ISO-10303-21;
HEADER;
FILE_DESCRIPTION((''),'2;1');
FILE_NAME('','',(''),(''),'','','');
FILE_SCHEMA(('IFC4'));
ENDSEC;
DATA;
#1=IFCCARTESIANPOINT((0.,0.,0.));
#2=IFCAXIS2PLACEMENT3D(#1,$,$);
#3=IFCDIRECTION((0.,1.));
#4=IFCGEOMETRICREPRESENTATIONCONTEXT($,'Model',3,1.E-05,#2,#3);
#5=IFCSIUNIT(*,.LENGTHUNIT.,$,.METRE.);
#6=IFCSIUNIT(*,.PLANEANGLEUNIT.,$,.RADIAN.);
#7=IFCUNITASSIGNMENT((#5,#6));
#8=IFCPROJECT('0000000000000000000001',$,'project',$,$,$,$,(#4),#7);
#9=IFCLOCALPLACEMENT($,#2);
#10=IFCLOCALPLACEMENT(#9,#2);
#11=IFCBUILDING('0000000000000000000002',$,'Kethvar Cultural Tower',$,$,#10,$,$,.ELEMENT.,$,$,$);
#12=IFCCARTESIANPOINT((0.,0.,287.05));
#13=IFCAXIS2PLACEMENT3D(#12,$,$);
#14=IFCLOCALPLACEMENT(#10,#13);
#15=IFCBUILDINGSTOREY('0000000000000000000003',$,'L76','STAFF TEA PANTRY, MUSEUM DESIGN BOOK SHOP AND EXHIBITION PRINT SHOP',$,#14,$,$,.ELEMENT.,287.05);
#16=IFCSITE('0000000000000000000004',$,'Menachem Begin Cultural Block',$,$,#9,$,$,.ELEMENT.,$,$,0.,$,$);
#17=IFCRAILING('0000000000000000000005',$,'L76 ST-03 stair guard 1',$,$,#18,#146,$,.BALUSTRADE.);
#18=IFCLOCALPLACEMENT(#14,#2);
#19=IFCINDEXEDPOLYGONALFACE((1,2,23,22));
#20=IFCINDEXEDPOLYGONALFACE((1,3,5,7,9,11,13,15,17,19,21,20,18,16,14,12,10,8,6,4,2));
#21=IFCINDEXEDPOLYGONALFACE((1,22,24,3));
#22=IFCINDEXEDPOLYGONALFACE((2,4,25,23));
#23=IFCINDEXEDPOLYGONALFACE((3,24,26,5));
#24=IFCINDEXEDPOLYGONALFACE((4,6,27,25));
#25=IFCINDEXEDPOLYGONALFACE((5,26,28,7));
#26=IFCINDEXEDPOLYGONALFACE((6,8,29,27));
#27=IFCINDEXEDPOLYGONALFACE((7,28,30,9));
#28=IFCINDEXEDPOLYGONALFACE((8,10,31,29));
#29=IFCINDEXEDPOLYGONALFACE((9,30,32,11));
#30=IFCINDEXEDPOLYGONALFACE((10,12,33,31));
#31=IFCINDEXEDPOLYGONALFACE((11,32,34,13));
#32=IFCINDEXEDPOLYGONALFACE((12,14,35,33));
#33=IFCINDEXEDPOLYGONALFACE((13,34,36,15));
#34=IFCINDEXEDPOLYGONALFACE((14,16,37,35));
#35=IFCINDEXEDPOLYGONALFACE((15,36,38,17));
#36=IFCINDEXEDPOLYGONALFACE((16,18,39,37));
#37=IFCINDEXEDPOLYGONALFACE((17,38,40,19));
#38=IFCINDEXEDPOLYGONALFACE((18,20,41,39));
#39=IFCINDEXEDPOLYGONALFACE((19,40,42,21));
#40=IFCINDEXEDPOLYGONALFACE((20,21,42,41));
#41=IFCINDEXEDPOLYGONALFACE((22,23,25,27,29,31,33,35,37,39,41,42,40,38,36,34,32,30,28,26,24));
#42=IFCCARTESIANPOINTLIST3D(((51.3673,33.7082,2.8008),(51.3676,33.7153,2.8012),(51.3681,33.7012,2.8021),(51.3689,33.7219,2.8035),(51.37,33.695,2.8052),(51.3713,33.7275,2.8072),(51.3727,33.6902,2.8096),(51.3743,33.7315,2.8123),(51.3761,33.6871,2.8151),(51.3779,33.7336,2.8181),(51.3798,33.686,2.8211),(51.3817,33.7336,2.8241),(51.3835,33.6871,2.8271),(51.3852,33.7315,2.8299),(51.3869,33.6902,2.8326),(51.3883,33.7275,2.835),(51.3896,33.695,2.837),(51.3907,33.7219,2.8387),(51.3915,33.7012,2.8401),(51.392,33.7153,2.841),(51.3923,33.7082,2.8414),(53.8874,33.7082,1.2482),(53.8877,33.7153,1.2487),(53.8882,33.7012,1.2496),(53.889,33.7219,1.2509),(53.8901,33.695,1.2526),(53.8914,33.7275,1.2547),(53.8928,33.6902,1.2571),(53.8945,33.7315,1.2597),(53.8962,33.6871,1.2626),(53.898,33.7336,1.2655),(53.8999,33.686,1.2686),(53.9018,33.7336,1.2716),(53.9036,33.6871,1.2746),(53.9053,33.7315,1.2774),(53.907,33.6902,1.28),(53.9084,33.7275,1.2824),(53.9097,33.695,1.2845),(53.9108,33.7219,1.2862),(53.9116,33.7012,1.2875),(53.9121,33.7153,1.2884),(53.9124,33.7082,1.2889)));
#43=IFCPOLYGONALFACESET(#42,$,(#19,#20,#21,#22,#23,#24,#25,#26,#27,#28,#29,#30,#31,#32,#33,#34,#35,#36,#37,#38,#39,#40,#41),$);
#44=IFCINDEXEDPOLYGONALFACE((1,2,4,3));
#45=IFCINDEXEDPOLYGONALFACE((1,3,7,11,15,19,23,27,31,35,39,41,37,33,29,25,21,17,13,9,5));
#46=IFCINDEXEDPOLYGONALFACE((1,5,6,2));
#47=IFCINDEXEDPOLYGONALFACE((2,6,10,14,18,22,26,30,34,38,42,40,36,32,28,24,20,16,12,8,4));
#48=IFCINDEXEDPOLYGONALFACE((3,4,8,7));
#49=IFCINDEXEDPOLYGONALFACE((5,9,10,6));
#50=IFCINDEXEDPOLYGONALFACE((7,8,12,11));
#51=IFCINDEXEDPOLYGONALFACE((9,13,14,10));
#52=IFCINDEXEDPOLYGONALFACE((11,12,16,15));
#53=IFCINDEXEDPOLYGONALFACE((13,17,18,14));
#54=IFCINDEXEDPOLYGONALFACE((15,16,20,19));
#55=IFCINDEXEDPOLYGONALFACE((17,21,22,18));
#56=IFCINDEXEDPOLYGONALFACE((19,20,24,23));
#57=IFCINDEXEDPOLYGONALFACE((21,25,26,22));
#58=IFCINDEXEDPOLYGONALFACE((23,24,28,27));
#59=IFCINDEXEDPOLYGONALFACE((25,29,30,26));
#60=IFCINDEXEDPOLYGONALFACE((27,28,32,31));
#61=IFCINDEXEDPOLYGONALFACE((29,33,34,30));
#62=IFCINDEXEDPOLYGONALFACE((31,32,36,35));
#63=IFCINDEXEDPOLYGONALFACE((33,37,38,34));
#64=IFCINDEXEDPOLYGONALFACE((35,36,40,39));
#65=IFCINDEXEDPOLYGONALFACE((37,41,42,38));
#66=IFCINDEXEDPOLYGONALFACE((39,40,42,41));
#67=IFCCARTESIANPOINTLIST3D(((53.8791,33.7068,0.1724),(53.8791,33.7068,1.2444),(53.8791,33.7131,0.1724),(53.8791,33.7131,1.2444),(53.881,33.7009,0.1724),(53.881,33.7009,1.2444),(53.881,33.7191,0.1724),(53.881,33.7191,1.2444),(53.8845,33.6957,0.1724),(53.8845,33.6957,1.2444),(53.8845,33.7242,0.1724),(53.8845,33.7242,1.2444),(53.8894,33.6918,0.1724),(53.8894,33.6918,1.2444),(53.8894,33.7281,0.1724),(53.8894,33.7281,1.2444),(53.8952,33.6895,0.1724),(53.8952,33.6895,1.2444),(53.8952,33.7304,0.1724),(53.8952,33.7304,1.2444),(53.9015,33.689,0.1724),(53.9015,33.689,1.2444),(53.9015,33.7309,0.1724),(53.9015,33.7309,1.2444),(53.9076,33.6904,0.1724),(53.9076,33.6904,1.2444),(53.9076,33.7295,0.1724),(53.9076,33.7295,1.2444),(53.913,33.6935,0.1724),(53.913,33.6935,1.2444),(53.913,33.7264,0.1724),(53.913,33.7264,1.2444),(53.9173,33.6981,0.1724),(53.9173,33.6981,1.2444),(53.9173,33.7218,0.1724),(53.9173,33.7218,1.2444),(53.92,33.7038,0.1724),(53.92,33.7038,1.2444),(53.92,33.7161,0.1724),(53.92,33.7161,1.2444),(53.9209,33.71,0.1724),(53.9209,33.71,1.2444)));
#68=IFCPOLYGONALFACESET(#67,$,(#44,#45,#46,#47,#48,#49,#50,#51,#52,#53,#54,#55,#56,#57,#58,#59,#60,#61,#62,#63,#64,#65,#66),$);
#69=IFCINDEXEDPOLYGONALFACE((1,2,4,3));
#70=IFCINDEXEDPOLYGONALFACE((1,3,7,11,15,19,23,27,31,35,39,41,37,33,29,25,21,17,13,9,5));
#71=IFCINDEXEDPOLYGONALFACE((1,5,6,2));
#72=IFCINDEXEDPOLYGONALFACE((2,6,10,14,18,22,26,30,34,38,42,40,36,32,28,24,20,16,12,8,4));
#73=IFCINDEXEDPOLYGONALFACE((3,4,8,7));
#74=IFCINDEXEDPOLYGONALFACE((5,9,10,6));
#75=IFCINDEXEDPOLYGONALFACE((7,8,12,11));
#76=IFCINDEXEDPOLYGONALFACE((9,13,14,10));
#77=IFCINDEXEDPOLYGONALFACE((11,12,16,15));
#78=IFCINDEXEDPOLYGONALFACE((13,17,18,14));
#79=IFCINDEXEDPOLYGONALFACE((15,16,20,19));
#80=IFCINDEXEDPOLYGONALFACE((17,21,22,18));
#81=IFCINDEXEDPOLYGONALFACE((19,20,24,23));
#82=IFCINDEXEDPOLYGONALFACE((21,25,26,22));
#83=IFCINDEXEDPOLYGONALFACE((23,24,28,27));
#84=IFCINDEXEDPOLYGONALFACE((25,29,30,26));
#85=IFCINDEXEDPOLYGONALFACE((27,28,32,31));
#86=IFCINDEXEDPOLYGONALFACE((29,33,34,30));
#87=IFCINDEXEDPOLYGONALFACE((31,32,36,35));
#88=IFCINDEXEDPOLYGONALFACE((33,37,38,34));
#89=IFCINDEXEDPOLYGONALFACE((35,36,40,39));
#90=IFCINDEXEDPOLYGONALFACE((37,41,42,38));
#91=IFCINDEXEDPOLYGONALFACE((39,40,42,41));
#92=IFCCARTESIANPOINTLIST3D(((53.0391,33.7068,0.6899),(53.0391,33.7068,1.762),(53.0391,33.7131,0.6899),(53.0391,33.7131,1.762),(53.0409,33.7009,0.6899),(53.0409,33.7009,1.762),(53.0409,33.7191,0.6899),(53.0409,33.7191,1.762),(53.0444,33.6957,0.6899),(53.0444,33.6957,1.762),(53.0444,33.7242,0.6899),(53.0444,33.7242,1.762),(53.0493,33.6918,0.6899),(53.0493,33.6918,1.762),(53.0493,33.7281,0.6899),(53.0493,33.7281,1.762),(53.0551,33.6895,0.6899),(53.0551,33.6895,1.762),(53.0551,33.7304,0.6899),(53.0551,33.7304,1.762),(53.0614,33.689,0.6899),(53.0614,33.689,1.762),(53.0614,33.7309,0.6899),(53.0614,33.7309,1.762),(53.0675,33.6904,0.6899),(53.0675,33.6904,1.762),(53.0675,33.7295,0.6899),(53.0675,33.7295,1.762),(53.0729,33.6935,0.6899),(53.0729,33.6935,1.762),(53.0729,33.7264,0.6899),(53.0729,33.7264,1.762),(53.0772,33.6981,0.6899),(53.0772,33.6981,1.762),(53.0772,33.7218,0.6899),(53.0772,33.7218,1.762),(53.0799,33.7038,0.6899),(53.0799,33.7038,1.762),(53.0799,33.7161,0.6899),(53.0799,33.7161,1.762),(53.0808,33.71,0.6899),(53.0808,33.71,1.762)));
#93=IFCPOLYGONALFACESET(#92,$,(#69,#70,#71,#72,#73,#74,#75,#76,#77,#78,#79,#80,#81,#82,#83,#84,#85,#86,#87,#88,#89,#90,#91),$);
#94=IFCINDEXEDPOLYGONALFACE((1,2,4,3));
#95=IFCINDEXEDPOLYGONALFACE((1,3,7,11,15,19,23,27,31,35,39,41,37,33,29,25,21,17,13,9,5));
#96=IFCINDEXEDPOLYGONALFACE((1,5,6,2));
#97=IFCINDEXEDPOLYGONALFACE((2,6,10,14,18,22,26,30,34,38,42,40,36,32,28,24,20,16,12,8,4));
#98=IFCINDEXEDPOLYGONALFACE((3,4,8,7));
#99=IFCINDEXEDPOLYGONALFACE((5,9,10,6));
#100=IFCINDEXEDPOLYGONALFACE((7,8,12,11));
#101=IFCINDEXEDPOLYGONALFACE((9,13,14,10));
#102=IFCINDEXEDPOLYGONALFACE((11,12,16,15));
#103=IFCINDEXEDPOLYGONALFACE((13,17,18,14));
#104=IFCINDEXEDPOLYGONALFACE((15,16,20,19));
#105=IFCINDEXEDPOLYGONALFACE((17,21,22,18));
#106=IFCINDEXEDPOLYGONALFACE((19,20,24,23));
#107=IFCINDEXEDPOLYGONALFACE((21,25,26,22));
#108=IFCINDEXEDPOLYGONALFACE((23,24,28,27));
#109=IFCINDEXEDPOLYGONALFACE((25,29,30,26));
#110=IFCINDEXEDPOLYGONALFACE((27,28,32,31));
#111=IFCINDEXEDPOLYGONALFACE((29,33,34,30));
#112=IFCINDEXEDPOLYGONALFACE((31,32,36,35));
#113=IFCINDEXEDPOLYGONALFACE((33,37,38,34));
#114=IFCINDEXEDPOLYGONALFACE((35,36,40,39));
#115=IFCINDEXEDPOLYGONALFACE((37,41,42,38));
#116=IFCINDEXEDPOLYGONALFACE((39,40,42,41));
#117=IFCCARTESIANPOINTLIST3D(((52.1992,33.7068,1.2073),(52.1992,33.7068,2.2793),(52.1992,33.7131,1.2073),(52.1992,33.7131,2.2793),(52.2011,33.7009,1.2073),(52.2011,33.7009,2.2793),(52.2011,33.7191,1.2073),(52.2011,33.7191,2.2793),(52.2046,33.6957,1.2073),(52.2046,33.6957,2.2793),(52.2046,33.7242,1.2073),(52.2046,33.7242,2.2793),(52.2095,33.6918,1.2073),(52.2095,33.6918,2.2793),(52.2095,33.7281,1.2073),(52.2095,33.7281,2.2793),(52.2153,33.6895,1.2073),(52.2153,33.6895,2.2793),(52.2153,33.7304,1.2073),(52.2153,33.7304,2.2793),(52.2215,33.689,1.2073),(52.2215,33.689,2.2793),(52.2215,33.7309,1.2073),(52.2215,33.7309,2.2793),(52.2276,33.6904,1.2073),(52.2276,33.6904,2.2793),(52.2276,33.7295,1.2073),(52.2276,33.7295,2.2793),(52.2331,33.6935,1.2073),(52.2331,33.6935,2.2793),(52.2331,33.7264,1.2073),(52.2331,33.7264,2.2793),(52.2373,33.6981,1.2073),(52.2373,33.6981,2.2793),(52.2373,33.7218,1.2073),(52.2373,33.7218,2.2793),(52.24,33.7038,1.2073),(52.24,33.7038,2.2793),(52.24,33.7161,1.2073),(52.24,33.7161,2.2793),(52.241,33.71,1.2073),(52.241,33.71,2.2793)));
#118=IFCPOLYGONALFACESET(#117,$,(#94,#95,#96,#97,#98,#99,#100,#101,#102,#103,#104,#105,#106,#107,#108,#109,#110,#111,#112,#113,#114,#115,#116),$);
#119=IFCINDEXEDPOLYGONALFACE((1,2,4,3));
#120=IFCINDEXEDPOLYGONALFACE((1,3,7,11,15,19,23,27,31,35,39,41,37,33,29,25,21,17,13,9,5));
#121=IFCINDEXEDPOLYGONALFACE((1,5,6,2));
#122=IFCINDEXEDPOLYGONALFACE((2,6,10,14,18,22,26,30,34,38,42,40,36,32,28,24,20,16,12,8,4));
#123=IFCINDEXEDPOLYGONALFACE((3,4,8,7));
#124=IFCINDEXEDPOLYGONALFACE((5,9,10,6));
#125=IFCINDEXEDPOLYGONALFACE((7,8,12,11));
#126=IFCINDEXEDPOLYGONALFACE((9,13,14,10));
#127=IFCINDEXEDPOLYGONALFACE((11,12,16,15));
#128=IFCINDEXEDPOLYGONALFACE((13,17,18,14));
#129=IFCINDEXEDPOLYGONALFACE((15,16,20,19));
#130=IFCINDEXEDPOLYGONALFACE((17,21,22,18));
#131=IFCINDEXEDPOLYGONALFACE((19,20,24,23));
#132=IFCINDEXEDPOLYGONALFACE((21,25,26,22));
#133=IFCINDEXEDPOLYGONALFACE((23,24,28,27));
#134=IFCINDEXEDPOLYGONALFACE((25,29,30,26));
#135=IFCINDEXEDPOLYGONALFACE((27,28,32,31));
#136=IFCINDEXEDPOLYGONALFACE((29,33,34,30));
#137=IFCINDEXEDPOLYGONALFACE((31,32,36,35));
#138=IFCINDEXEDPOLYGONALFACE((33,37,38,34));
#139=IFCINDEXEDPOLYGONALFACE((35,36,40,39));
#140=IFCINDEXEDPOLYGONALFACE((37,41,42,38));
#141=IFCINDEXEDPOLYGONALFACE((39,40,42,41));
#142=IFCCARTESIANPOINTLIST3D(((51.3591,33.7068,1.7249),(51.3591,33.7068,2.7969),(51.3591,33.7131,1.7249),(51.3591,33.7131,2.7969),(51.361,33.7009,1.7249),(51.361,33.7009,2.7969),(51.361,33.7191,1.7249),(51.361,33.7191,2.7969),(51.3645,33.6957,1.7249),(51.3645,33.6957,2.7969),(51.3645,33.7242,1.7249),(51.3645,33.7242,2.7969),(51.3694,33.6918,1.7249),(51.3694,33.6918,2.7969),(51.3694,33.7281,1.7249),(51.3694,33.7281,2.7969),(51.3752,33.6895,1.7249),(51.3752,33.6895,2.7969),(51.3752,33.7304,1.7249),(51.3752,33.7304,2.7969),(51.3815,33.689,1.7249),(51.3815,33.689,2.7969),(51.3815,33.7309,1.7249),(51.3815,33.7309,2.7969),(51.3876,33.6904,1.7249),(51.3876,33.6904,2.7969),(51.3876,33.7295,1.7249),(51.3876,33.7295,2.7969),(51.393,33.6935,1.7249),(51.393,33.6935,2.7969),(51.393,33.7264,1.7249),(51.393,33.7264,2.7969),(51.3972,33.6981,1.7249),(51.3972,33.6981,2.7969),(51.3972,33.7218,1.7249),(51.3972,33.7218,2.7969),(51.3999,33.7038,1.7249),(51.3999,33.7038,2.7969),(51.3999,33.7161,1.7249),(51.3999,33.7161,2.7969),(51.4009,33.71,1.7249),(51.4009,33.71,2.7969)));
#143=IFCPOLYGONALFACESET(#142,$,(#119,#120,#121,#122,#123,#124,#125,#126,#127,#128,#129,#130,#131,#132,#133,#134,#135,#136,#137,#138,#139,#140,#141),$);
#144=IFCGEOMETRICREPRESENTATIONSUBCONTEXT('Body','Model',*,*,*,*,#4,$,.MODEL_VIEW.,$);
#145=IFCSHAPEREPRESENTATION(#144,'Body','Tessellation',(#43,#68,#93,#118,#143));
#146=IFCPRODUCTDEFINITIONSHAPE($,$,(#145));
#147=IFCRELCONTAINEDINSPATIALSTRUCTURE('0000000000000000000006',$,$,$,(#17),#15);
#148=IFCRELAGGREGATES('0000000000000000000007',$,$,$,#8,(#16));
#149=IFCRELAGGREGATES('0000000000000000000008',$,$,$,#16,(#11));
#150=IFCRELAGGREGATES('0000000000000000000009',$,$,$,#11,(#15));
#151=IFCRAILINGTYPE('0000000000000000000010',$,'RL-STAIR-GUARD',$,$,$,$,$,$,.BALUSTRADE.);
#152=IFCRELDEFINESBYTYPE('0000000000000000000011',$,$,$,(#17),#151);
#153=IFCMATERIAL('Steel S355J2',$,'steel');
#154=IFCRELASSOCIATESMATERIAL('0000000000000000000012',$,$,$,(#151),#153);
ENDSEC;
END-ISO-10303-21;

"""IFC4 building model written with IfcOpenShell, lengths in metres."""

from ifc_helpers import new_model, si_unit, direction, frame, origin, origin_2d, place, context, subcontext, project, spatial, circle, extrude, material, type_object, element, save


model = new_model("IFC4")

# Units and contexts
model_context = context("Model", 3, precision=1e-05, world=origin(), true_north=direction((0.0, 1.0)))
body_context = subcontext(model_context, "Body", "Model", "MODEL_VIEW")
ifc_project = project(units=[si_unit("LENGTHUNIT", "METRE"), si_unit("PLANEANGLEUNIT", "RADIAN")], contexts=[model_context])

# Site, building, storey
site_placement = place(None, origin())
site = spatial("IfcSite", under=ifc_project, at=site_placement, Name="Menachem Begin Cultural Block", CompositionType="ELEMENT", RefElevation=0.0)
building_placement = place(site_placement, origin())
building = spatial("IfcBuilding", under=site, at=building_placement, Name="Kethvar Cultural Tower", CompositionType="ELEMENT")
storey_placement = place(building_placement, frame((0.0, 0.0, 287.05)))
storey = spatial("IfcBuildingStorey", under=building, at=storey_placement, Name="L76", Description="STAFF TEA PANTRY, MUSEUM DESIGN BOOK SHOP AND EXHIBITION PRINT SHOP", CompositionType="ELEMENT", Elevation=287.05)

# Shared definitions
ifc_material_1 = material(Name="Steel S355J2", Category="steel")

# Railing
railing_type_1 = type_object("IfcRailingType", Name="RL-STAIR-GUARD", PredefinedType="BALUSTRADE", material=ifc_material_1)
railing_1_placement = place(storey_placement, frame((53.8999, 33.71, 0.1724)))
element("IfcRailing", 1, at=railing_1_placement, inside=storey, type_object=railing_type_1, Name="L76 ST-03 stair guard 1", PredefinedType="BALUSTRADE", context=body_context, shape_type="SweptSolid", body=[
    extrude(circle(Radius=0.0239, at=origin_2d()), frame((0.0, 0.0, 1.0962), z_axis=(-0.8514, 0.0, 0.524516), x_axis=(0.0, -1.0, 0.0)), (0.0, 0.0, 1.0), 2.96),
    extrude(circle(Radius=0.021, at=origin_2d()), origin(), (0.0, 0.0, 1.0), 1.072),
    extrude(circle(Radius=0.021, at=origin_2d()), frame((-0.8401, 0.0, 0.5176)), (0.0, 0.0, 1.0), 1.072),
    extrude(circle(Radius=0.021, at=origin_2d()), frame((-1.6799, 0.0, 1.0349)), (0.0, 0.0, 1.0), 1.072),
    extrude(circle(Radius=0.021, at=origin_2d()), frame((-2.52, 0.0, 1.5525)), (0.0, 0.0, 1.0), 1.072),
])

save(model, "model.ifc")
